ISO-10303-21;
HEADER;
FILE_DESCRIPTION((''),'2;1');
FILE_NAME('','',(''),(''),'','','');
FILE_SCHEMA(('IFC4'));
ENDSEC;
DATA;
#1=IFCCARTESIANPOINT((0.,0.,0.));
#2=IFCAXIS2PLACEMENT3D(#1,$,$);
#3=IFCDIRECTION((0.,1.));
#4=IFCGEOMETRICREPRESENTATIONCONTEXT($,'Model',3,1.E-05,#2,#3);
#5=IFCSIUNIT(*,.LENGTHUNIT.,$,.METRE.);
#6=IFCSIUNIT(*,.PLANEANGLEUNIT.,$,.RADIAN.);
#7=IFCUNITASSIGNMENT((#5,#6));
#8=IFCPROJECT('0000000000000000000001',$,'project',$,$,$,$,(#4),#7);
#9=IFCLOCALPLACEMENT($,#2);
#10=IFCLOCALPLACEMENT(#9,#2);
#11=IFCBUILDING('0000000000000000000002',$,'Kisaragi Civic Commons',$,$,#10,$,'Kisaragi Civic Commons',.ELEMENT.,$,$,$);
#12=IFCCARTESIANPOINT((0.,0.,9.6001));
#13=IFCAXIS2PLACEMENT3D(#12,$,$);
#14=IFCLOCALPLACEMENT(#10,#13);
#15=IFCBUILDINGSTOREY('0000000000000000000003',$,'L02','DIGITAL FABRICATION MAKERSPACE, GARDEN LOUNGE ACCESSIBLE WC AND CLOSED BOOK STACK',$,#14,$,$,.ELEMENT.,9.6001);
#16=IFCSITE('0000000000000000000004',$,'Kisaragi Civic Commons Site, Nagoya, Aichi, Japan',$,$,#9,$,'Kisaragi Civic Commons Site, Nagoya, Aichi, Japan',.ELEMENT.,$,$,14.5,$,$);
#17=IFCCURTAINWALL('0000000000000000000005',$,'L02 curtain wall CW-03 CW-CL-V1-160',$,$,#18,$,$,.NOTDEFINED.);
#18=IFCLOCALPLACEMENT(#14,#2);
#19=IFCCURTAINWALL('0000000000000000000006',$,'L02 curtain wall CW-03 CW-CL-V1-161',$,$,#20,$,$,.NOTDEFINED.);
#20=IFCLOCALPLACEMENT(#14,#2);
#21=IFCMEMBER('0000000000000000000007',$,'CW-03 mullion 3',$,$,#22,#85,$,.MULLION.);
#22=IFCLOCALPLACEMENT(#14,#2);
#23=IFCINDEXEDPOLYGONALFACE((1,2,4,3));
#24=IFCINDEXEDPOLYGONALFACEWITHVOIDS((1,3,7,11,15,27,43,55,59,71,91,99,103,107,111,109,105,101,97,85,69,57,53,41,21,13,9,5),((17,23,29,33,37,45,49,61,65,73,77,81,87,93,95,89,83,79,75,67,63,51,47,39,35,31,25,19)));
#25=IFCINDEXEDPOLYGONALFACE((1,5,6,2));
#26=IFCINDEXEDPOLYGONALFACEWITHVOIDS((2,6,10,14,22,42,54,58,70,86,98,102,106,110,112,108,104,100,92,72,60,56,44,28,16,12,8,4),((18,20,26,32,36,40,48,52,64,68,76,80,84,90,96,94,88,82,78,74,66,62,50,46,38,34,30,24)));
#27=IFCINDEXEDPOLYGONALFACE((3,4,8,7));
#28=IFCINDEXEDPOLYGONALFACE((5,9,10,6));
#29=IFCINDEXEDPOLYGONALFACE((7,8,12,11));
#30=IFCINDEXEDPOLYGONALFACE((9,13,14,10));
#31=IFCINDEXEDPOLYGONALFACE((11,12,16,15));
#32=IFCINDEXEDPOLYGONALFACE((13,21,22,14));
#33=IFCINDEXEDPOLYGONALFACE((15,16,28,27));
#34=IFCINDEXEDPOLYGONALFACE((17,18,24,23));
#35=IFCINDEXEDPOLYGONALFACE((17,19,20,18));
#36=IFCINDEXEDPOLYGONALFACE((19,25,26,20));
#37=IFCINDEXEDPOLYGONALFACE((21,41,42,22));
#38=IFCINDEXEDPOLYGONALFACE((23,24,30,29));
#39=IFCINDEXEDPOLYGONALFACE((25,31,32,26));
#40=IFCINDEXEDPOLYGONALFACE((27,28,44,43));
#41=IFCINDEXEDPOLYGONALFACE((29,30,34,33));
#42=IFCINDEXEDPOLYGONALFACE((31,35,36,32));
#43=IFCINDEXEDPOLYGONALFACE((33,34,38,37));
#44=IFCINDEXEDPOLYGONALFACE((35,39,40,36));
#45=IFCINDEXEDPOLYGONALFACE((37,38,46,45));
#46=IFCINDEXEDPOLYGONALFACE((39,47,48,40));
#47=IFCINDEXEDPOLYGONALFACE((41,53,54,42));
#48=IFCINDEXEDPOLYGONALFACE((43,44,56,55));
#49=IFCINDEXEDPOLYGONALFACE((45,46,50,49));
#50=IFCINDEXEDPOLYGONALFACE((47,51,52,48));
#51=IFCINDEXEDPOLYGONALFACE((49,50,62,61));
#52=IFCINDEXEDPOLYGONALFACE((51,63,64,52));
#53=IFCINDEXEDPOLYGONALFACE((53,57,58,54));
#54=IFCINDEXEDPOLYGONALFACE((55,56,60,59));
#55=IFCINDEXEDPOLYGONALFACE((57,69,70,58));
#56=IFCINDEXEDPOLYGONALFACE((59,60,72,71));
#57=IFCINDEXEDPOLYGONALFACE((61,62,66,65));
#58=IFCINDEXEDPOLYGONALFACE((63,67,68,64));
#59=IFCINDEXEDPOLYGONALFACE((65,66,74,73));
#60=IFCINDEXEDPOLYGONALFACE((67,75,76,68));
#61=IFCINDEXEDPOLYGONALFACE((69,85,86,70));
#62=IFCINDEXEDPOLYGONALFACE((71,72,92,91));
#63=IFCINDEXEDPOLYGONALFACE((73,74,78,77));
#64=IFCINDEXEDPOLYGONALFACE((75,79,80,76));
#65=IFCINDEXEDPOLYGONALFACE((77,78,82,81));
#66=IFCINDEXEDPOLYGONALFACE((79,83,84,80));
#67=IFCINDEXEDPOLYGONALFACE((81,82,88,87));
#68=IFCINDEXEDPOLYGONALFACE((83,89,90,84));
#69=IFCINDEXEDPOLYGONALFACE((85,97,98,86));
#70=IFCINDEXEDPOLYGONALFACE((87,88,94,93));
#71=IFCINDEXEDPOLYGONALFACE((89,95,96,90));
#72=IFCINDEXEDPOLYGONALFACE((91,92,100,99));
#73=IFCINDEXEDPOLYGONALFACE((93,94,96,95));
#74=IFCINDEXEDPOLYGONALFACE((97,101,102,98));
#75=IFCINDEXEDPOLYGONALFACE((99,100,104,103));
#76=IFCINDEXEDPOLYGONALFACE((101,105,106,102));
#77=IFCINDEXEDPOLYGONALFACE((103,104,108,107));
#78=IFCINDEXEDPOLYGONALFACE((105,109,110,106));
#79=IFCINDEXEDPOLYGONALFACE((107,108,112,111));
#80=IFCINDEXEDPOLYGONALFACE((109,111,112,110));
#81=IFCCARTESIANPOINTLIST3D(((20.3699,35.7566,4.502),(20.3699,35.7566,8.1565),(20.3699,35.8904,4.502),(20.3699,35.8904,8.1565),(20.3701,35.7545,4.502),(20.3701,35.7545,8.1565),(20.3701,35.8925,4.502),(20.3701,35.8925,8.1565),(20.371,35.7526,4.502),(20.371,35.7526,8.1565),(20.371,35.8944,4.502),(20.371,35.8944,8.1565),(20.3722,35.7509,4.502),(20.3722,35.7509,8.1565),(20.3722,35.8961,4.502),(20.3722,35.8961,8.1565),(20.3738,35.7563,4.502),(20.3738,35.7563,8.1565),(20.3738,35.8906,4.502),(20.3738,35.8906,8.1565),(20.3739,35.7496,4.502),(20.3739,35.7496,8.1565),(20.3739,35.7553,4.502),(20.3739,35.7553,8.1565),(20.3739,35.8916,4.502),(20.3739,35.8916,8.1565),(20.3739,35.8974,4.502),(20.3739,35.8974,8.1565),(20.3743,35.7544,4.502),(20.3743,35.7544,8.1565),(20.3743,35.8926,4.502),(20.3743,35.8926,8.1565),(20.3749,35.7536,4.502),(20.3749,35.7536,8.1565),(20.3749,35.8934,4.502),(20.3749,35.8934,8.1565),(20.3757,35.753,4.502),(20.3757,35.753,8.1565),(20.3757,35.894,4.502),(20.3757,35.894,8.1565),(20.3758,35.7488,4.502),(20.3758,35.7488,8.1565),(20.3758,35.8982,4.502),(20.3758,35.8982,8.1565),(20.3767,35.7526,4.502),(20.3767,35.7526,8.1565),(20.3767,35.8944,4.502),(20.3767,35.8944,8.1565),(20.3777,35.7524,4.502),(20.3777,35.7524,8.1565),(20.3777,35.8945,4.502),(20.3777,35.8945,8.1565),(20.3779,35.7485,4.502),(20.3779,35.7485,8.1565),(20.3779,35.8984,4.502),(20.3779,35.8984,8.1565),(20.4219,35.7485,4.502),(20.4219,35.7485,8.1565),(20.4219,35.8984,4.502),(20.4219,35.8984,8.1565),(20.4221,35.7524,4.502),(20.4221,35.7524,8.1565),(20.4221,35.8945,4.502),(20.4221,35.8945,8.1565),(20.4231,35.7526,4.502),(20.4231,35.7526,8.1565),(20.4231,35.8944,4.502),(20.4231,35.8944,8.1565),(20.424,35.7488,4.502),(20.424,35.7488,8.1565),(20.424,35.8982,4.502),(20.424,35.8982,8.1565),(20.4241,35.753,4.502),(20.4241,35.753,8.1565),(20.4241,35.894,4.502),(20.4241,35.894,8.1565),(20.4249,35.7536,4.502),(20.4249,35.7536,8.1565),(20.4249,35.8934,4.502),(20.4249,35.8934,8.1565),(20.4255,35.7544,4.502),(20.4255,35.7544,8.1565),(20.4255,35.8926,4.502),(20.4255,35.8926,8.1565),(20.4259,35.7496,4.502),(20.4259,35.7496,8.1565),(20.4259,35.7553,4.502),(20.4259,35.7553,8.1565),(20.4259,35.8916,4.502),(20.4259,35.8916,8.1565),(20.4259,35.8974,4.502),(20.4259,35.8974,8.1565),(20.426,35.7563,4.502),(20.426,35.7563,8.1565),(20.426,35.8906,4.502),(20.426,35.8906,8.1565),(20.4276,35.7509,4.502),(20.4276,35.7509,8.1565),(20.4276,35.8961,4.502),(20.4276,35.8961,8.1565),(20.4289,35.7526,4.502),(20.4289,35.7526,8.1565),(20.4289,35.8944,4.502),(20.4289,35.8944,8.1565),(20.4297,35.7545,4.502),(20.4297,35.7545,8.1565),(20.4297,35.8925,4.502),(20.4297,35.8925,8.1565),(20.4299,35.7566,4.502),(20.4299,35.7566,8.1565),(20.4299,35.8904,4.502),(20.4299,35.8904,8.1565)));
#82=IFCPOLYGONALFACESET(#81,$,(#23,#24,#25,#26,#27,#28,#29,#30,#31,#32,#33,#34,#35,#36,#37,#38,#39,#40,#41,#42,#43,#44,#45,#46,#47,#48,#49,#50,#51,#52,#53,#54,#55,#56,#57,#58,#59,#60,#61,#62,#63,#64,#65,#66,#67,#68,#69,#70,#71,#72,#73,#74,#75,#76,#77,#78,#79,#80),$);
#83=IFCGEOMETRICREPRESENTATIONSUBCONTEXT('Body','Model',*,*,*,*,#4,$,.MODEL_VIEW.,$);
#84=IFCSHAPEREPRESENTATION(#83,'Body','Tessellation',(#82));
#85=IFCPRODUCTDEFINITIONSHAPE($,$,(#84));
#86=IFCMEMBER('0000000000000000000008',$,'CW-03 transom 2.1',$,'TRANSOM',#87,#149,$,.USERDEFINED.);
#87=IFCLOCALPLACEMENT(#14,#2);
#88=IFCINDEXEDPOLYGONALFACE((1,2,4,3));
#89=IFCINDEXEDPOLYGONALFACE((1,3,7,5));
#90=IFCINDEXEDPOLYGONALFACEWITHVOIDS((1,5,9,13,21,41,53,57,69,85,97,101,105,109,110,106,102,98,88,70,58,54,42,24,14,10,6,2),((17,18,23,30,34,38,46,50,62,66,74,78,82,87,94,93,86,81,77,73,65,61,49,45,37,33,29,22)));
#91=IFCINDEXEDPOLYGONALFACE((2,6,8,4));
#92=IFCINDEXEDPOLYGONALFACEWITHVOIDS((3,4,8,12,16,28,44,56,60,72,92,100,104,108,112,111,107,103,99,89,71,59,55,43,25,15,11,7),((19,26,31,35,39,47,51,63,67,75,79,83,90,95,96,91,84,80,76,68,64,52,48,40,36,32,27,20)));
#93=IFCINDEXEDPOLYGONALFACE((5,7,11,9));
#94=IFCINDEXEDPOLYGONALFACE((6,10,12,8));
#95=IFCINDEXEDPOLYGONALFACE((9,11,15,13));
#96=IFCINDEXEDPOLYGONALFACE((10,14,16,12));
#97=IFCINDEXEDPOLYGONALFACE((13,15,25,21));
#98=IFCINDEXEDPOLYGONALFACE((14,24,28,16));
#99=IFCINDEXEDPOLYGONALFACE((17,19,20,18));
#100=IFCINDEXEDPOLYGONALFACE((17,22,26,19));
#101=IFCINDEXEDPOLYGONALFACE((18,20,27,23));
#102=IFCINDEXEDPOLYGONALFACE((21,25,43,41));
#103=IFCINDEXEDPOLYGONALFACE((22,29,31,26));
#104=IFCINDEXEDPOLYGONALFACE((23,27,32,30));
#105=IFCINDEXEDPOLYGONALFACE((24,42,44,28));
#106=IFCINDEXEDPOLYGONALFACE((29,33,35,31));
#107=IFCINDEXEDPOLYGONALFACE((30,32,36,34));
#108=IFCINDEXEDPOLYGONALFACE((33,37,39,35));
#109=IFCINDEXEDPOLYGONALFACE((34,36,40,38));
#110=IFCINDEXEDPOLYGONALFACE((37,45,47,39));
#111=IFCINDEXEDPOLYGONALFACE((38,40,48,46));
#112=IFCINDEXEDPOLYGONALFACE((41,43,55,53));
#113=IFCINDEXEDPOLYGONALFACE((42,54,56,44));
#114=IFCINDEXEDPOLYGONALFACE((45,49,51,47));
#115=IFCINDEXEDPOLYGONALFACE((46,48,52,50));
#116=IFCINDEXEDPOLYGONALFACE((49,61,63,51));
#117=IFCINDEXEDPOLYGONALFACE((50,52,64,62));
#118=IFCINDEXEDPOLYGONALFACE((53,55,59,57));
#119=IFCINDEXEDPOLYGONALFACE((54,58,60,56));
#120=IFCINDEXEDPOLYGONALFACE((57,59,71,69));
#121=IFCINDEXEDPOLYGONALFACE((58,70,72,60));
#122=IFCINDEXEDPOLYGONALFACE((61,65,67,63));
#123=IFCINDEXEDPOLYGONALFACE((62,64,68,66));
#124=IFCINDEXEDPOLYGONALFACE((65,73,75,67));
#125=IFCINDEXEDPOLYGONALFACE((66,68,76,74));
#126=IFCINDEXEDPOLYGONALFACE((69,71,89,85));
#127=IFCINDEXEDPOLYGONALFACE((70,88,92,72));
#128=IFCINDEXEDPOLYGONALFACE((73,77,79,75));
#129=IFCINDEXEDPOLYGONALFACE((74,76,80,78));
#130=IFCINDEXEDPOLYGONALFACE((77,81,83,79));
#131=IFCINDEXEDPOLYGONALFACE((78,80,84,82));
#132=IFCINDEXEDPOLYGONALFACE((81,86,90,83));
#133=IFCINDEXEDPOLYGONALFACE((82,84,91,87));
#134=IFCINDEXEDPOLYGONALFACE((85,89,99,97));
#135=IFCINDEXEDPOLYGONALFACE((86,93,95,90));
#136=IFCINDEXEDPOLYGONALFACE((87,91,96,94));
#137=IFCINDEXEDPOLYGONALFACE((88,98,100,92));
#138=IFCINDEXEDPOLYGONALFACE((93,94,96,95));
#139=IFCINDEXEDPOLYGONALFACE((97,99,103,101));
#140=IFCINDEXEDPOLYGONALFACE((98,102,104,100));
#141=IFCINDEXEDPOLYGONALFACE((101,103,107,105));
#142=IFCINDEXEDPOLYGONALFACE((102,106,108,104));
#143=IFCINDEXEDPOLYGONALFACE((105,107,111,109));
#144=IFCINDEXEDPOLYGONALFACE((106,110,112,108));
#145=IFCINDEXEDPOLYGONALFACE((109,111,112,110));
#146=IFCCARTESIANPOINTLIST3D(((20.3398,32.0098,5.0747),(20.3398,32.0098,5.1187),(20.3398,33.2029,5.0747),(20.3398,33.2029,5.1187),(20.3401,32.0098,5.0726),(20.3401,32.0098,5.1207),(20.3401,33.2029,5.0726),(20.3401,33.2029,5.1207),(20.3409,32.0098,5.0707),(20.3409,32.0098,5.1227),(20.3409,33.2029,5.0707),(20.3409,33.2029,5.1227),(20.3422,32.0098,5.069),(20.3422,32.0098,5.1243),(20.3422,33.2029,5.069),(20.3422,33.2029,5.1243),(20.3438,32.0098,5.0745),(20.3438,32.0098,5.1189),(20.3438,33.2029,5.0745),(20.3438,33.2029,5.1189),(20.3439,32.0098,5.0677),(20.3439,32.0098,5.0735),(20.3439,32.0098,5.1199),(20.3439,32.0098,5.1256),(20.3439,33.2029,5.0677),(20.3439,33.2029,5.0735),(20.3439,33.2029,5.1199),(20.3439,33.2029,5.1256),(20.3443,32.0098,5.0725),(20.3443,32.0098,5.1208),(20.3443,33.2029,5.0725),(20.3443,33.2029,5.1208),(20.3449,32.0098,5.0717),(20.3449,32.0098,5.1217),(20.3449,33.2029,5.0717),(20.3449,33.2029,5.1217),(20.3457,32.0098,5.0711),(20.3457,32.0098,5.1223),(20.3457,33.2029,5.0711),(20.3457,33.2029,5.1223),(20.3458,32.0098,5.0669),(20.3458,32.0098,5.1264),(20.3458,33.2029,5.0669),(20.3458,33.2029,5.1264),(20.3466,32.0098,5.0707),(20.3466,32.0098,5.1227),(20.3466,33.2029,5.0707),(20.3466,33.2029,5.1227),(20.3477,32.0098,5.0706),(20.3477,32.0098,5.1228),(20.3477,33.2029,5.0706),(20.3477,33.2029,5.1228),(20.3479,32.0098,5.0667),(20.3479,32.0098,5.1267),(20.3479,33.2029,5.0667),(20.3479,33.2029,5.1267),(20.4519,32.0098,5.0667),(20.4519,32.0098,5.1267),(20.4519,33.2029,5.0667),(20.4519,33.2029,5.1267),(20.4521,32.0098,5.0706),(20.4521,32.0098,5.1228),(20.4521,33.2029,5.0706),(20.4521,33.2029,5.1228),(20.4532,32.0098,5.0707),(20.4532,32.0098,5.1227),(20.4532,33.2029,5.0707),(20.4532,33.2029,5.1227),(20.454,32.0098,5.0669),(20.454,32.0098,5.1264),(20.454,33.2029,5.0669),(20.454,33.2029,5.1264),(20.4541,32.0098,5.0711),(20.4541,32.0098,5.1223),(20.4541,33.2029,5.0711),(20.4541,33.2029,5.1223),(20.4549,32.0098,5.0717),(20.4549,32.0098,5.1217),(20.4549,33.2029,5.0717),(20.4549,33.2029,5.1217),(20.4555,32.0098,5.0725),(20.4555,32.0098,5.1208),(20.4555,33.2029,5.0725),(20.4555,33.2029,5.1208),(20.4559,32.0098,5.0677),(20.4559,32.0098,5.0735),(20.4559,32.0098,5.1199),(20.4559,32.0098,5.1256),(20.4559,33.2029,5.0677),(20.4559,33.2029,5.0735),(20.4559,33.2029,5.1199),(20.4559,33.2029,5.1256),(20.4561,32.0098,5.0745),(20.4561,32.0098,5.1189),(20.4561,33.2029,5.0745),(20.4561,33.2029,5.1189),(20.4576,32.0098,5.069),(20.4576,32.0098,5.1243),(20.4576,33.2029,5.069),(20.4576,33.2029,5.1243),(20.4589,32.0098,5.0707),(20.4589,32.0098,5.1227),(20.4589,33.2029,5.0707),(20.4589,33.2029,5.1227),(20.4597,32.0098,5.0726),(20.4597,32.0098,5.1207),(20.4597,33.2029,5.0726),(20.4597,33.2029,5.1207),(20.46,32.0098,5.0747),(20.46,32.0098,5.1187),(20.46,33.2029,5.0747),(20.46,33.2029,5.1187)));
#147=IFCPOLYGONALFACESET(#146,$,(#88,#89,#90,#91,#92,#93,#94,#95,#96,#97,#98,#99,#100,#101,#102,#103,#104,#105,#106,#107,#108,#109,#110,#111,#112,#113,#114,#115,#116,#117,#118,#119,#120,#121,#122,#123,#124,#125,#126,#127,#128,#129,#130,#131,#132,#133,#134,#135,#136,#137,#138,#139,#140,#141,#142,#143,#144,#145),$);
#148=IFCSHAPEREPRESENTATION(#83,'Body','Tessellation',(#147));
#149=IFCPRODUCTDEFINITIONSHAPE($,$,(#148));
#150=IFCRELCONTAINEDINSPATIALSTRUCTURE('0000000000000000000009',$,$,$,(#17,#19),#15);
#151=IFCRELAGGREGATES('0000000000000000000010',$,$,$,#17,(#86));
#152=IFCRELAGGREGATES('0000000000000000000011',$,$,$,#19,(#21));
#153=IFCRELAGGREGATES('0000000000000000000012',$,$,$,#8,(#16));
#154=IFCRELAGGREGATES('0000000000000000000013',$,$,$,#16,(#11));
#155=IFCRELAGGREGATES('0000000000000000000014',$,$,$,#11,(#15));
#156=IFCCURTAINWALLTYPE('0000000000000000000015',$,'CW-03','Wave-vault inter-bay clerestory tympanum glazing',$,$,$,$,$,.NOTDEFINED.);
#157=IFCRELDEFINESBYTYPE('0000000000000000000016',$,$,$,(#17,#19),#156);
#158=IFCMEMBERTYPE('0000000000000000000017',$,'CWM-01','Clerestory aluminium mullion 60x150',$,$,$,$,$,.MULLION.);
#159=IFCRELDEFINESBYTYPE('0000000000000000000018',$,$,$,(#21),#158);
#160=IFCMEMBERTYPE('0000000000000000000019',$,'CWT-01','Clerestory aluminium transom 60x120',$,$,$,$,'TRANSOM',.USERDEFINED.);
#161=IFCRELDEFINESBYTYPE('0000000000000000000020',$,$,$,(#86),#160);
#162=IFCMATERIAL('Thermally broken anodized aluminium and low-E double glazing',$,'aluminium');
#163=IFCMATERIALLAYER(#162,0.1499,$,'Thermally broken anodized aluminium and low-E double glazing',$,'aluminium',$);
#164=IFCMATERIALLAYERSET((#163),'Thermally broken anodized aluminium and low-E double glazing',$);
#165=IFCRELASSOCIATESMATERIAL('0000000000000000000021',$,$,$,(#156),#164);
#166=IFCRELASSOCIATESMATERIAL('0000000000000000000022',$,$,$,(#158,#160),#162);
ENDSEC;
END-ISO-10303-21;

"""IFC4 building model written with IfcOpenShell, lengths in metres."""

from ifc_helpers import new_model, si_unit, direction, frame, origin, origin_2d, place, context, subcontext, project, spatial, hollow_rectangle, extrude, material, layer, layer_set, material_profile, profile_set, type_object, element, aggregate, save


model = new_model("IFC4")

# Units and contexts
model_context = context("Model", 3, precision=1e-05, world=origin(), true_north=direction((0.0, 1.0)))
body_context = subcontext(model_context, "Body", "Model", "MODEL_VIEW")
ifc_project = project(units=[si_unit("LENGTHUNIT", "METRE"), si_unit("PLANEANGLEUNIT", "RADIAN")], contexts=[model_context])

# Site, building, storey
site_placement = place(None, origin())
site = spatial("IfcSite", under=ifc_project, at=site_placement, Name="Kisaragi Civic Commons Site, Nagoya, Aichi, Japan", LongName="Kisaragi Civic Commons Site, Nagoya, Aichi, Japan", CompositionType="ELEMENT", RefElevation=14.5)
building_placement = place(site_placement, origin())
building = spatial("IfcBuilding", under=site, at=building_placement, Name="Kisaragi Civic Commons", LongName="Kisaragi Civic Commons", CompositionType="ELEMENT")
storey_placement = place(building_placement, frame((0.0, 0.0, 9.6001)))
storey = spatial("IfcBuildingStorey", under=building, at=storey_placement, Name="L02", Description="DIGITAL FABRICATION MAKERSPACE, GARDEN LOUNGE ACCESSIBLE WC AND CLOSED BOOK STACK", CompositionType="ELEMENT", Elevation=9.6001)

# Curtain walls, member
ifc_material_1 = material(Name="Thermally broken anodized aluminium and low-E double glazing", Category="aluminium")
ifc_layer_1 = layer(ifc_material_1, 0.1499, Name="Thermally broken anodized aluminium and low-E double glazing", Category="aluminium")
ifc_layer_set_1 = layer_set([ifc_layer_1], Name="Thermally broken anodized aluminium and low-E double glazing")
curtain_wall_type = type_object("IfcCurtainWallType", Name="CW-03", Description="Wave-vault inter-bay clerestory tympanum glazing", PredefinedType="NOTDEFINED", material=ifc_layer_set_1)
curtain_wall_1_placement = place(storey_placement, origin())
curtain_wall_1 = element("IfcCurtainWall", 1, at=curtain_wall_1_placement, inside=storey, type_object=curtain_wall_type, Name="L02 curtain wall CW-03 CW-CL-V1-160", PredefinedType="NOTDEFINED")
ifc_material_profile_1 = material_profile(ifc_material_1, hollow_rectangle(XDim=0.0601, YDim=0.1499, WallThickness=0.0039, InnerFilletRadius=0.0039, OuterFilletRadius=0.0081, at=origin_2d()), Name="CWM-60x150x4", Category="aluminium")
ifc_profile_set_1 = profile_set([ifc_material_profile_1], Name="Thermally broken anodized aluminium and low-E double glazing")
member_type_1 = type_object("IfcMemberType", Name="CWM-01", Description="Clerestory aluminium mullion 60x150", PredefinedType="MULLION", material=ifc_profile_set_1)
curtain_wall_2_placement = place(storey_placement, origin())
curtain_wall_2 = element("IfcCurtainWall", 2, at=curtain_wall_2_placement, inside=storey, type_object=curtain_wall_type, Name="L02 curtain wall CW-03 CW-CL-V1-161", PredefinedType="NOTDEFINED")
member_1_placement = place(storey_placement, frame((20.3999, 35.8235, 4.502), z_axis=(0.0, 0.0, 1.0), x_axis=(-1.0, 0.0, 0.0)))
member_1 = element("IfcMember", 3, at=member_1_placement, type_object=member_type_1, Name="CW-03 mullion 3", PredefinedType="MULLION", context=body_context, shape_type="SweptSolid", body=[
    extrude(hollow_rectangle(XDim=0.0601, YDim=0.1499, WallThickness=0.0039, InnerFilletRadius=0.0039, OuterFilletRadius=0.0081, at=origin_2d()), origin(), (0.0, 0.0, 1.0), 3.6545),
])

# Member
ifc_material_profile_2 = material_profile(ifc_material_1, hollow_rectangle(XDim=0.1201, YDim=0.0601, WallThickness=0.0039, InnerFilletRadius=0.0039, OuterFilletRadius=0.0081, at=origin_2d()), Name="CWT-60x120x4", Category="aluminium")
ifc_profile_set_2 = profile_set([ifc_material_profile_2], Name="Thermally broken anodized aluminium and low-E double glazing")
member_type_2 = type_object("IfcMemberType", Name="CWT-01", Description="Clerestory aluminium transom 60x120", ElementType="TRANSOM", PredefinedType="USERDEFINED", material=ifc_profile_set_2)
member_2_placement = place(storey_placement, frame((20.3999, 32.0098, 5.0967), z_axis=(0.0, 1.0, 0.0), x_axis=(-1.0, 0.0, 0.0)))
member_2 = element("IfcMember", 4, at=member_2_placement, type_object=member_type_2, Name="CW-03 transom 2.1", ObjectType="TRANSOM", PredefinedType="USERDEFINED", context=body_context, shape_type="SweptSolid", body=[
    extrude(hollow_rectangle(XDim=0.1201, YDim=0.0601, WallThickness=0.0039, InnerFilletRadius=0.0039, OuterFilletRadius=0.0081, at=origin_2d()), origin(), (0.0, 0.0, 1.0), 1.1931),
])

aggregate(curtain_wall_1, [member_2])
aggregate(curtain_wall_2, [member_1])

save(model, "model.ifc")
